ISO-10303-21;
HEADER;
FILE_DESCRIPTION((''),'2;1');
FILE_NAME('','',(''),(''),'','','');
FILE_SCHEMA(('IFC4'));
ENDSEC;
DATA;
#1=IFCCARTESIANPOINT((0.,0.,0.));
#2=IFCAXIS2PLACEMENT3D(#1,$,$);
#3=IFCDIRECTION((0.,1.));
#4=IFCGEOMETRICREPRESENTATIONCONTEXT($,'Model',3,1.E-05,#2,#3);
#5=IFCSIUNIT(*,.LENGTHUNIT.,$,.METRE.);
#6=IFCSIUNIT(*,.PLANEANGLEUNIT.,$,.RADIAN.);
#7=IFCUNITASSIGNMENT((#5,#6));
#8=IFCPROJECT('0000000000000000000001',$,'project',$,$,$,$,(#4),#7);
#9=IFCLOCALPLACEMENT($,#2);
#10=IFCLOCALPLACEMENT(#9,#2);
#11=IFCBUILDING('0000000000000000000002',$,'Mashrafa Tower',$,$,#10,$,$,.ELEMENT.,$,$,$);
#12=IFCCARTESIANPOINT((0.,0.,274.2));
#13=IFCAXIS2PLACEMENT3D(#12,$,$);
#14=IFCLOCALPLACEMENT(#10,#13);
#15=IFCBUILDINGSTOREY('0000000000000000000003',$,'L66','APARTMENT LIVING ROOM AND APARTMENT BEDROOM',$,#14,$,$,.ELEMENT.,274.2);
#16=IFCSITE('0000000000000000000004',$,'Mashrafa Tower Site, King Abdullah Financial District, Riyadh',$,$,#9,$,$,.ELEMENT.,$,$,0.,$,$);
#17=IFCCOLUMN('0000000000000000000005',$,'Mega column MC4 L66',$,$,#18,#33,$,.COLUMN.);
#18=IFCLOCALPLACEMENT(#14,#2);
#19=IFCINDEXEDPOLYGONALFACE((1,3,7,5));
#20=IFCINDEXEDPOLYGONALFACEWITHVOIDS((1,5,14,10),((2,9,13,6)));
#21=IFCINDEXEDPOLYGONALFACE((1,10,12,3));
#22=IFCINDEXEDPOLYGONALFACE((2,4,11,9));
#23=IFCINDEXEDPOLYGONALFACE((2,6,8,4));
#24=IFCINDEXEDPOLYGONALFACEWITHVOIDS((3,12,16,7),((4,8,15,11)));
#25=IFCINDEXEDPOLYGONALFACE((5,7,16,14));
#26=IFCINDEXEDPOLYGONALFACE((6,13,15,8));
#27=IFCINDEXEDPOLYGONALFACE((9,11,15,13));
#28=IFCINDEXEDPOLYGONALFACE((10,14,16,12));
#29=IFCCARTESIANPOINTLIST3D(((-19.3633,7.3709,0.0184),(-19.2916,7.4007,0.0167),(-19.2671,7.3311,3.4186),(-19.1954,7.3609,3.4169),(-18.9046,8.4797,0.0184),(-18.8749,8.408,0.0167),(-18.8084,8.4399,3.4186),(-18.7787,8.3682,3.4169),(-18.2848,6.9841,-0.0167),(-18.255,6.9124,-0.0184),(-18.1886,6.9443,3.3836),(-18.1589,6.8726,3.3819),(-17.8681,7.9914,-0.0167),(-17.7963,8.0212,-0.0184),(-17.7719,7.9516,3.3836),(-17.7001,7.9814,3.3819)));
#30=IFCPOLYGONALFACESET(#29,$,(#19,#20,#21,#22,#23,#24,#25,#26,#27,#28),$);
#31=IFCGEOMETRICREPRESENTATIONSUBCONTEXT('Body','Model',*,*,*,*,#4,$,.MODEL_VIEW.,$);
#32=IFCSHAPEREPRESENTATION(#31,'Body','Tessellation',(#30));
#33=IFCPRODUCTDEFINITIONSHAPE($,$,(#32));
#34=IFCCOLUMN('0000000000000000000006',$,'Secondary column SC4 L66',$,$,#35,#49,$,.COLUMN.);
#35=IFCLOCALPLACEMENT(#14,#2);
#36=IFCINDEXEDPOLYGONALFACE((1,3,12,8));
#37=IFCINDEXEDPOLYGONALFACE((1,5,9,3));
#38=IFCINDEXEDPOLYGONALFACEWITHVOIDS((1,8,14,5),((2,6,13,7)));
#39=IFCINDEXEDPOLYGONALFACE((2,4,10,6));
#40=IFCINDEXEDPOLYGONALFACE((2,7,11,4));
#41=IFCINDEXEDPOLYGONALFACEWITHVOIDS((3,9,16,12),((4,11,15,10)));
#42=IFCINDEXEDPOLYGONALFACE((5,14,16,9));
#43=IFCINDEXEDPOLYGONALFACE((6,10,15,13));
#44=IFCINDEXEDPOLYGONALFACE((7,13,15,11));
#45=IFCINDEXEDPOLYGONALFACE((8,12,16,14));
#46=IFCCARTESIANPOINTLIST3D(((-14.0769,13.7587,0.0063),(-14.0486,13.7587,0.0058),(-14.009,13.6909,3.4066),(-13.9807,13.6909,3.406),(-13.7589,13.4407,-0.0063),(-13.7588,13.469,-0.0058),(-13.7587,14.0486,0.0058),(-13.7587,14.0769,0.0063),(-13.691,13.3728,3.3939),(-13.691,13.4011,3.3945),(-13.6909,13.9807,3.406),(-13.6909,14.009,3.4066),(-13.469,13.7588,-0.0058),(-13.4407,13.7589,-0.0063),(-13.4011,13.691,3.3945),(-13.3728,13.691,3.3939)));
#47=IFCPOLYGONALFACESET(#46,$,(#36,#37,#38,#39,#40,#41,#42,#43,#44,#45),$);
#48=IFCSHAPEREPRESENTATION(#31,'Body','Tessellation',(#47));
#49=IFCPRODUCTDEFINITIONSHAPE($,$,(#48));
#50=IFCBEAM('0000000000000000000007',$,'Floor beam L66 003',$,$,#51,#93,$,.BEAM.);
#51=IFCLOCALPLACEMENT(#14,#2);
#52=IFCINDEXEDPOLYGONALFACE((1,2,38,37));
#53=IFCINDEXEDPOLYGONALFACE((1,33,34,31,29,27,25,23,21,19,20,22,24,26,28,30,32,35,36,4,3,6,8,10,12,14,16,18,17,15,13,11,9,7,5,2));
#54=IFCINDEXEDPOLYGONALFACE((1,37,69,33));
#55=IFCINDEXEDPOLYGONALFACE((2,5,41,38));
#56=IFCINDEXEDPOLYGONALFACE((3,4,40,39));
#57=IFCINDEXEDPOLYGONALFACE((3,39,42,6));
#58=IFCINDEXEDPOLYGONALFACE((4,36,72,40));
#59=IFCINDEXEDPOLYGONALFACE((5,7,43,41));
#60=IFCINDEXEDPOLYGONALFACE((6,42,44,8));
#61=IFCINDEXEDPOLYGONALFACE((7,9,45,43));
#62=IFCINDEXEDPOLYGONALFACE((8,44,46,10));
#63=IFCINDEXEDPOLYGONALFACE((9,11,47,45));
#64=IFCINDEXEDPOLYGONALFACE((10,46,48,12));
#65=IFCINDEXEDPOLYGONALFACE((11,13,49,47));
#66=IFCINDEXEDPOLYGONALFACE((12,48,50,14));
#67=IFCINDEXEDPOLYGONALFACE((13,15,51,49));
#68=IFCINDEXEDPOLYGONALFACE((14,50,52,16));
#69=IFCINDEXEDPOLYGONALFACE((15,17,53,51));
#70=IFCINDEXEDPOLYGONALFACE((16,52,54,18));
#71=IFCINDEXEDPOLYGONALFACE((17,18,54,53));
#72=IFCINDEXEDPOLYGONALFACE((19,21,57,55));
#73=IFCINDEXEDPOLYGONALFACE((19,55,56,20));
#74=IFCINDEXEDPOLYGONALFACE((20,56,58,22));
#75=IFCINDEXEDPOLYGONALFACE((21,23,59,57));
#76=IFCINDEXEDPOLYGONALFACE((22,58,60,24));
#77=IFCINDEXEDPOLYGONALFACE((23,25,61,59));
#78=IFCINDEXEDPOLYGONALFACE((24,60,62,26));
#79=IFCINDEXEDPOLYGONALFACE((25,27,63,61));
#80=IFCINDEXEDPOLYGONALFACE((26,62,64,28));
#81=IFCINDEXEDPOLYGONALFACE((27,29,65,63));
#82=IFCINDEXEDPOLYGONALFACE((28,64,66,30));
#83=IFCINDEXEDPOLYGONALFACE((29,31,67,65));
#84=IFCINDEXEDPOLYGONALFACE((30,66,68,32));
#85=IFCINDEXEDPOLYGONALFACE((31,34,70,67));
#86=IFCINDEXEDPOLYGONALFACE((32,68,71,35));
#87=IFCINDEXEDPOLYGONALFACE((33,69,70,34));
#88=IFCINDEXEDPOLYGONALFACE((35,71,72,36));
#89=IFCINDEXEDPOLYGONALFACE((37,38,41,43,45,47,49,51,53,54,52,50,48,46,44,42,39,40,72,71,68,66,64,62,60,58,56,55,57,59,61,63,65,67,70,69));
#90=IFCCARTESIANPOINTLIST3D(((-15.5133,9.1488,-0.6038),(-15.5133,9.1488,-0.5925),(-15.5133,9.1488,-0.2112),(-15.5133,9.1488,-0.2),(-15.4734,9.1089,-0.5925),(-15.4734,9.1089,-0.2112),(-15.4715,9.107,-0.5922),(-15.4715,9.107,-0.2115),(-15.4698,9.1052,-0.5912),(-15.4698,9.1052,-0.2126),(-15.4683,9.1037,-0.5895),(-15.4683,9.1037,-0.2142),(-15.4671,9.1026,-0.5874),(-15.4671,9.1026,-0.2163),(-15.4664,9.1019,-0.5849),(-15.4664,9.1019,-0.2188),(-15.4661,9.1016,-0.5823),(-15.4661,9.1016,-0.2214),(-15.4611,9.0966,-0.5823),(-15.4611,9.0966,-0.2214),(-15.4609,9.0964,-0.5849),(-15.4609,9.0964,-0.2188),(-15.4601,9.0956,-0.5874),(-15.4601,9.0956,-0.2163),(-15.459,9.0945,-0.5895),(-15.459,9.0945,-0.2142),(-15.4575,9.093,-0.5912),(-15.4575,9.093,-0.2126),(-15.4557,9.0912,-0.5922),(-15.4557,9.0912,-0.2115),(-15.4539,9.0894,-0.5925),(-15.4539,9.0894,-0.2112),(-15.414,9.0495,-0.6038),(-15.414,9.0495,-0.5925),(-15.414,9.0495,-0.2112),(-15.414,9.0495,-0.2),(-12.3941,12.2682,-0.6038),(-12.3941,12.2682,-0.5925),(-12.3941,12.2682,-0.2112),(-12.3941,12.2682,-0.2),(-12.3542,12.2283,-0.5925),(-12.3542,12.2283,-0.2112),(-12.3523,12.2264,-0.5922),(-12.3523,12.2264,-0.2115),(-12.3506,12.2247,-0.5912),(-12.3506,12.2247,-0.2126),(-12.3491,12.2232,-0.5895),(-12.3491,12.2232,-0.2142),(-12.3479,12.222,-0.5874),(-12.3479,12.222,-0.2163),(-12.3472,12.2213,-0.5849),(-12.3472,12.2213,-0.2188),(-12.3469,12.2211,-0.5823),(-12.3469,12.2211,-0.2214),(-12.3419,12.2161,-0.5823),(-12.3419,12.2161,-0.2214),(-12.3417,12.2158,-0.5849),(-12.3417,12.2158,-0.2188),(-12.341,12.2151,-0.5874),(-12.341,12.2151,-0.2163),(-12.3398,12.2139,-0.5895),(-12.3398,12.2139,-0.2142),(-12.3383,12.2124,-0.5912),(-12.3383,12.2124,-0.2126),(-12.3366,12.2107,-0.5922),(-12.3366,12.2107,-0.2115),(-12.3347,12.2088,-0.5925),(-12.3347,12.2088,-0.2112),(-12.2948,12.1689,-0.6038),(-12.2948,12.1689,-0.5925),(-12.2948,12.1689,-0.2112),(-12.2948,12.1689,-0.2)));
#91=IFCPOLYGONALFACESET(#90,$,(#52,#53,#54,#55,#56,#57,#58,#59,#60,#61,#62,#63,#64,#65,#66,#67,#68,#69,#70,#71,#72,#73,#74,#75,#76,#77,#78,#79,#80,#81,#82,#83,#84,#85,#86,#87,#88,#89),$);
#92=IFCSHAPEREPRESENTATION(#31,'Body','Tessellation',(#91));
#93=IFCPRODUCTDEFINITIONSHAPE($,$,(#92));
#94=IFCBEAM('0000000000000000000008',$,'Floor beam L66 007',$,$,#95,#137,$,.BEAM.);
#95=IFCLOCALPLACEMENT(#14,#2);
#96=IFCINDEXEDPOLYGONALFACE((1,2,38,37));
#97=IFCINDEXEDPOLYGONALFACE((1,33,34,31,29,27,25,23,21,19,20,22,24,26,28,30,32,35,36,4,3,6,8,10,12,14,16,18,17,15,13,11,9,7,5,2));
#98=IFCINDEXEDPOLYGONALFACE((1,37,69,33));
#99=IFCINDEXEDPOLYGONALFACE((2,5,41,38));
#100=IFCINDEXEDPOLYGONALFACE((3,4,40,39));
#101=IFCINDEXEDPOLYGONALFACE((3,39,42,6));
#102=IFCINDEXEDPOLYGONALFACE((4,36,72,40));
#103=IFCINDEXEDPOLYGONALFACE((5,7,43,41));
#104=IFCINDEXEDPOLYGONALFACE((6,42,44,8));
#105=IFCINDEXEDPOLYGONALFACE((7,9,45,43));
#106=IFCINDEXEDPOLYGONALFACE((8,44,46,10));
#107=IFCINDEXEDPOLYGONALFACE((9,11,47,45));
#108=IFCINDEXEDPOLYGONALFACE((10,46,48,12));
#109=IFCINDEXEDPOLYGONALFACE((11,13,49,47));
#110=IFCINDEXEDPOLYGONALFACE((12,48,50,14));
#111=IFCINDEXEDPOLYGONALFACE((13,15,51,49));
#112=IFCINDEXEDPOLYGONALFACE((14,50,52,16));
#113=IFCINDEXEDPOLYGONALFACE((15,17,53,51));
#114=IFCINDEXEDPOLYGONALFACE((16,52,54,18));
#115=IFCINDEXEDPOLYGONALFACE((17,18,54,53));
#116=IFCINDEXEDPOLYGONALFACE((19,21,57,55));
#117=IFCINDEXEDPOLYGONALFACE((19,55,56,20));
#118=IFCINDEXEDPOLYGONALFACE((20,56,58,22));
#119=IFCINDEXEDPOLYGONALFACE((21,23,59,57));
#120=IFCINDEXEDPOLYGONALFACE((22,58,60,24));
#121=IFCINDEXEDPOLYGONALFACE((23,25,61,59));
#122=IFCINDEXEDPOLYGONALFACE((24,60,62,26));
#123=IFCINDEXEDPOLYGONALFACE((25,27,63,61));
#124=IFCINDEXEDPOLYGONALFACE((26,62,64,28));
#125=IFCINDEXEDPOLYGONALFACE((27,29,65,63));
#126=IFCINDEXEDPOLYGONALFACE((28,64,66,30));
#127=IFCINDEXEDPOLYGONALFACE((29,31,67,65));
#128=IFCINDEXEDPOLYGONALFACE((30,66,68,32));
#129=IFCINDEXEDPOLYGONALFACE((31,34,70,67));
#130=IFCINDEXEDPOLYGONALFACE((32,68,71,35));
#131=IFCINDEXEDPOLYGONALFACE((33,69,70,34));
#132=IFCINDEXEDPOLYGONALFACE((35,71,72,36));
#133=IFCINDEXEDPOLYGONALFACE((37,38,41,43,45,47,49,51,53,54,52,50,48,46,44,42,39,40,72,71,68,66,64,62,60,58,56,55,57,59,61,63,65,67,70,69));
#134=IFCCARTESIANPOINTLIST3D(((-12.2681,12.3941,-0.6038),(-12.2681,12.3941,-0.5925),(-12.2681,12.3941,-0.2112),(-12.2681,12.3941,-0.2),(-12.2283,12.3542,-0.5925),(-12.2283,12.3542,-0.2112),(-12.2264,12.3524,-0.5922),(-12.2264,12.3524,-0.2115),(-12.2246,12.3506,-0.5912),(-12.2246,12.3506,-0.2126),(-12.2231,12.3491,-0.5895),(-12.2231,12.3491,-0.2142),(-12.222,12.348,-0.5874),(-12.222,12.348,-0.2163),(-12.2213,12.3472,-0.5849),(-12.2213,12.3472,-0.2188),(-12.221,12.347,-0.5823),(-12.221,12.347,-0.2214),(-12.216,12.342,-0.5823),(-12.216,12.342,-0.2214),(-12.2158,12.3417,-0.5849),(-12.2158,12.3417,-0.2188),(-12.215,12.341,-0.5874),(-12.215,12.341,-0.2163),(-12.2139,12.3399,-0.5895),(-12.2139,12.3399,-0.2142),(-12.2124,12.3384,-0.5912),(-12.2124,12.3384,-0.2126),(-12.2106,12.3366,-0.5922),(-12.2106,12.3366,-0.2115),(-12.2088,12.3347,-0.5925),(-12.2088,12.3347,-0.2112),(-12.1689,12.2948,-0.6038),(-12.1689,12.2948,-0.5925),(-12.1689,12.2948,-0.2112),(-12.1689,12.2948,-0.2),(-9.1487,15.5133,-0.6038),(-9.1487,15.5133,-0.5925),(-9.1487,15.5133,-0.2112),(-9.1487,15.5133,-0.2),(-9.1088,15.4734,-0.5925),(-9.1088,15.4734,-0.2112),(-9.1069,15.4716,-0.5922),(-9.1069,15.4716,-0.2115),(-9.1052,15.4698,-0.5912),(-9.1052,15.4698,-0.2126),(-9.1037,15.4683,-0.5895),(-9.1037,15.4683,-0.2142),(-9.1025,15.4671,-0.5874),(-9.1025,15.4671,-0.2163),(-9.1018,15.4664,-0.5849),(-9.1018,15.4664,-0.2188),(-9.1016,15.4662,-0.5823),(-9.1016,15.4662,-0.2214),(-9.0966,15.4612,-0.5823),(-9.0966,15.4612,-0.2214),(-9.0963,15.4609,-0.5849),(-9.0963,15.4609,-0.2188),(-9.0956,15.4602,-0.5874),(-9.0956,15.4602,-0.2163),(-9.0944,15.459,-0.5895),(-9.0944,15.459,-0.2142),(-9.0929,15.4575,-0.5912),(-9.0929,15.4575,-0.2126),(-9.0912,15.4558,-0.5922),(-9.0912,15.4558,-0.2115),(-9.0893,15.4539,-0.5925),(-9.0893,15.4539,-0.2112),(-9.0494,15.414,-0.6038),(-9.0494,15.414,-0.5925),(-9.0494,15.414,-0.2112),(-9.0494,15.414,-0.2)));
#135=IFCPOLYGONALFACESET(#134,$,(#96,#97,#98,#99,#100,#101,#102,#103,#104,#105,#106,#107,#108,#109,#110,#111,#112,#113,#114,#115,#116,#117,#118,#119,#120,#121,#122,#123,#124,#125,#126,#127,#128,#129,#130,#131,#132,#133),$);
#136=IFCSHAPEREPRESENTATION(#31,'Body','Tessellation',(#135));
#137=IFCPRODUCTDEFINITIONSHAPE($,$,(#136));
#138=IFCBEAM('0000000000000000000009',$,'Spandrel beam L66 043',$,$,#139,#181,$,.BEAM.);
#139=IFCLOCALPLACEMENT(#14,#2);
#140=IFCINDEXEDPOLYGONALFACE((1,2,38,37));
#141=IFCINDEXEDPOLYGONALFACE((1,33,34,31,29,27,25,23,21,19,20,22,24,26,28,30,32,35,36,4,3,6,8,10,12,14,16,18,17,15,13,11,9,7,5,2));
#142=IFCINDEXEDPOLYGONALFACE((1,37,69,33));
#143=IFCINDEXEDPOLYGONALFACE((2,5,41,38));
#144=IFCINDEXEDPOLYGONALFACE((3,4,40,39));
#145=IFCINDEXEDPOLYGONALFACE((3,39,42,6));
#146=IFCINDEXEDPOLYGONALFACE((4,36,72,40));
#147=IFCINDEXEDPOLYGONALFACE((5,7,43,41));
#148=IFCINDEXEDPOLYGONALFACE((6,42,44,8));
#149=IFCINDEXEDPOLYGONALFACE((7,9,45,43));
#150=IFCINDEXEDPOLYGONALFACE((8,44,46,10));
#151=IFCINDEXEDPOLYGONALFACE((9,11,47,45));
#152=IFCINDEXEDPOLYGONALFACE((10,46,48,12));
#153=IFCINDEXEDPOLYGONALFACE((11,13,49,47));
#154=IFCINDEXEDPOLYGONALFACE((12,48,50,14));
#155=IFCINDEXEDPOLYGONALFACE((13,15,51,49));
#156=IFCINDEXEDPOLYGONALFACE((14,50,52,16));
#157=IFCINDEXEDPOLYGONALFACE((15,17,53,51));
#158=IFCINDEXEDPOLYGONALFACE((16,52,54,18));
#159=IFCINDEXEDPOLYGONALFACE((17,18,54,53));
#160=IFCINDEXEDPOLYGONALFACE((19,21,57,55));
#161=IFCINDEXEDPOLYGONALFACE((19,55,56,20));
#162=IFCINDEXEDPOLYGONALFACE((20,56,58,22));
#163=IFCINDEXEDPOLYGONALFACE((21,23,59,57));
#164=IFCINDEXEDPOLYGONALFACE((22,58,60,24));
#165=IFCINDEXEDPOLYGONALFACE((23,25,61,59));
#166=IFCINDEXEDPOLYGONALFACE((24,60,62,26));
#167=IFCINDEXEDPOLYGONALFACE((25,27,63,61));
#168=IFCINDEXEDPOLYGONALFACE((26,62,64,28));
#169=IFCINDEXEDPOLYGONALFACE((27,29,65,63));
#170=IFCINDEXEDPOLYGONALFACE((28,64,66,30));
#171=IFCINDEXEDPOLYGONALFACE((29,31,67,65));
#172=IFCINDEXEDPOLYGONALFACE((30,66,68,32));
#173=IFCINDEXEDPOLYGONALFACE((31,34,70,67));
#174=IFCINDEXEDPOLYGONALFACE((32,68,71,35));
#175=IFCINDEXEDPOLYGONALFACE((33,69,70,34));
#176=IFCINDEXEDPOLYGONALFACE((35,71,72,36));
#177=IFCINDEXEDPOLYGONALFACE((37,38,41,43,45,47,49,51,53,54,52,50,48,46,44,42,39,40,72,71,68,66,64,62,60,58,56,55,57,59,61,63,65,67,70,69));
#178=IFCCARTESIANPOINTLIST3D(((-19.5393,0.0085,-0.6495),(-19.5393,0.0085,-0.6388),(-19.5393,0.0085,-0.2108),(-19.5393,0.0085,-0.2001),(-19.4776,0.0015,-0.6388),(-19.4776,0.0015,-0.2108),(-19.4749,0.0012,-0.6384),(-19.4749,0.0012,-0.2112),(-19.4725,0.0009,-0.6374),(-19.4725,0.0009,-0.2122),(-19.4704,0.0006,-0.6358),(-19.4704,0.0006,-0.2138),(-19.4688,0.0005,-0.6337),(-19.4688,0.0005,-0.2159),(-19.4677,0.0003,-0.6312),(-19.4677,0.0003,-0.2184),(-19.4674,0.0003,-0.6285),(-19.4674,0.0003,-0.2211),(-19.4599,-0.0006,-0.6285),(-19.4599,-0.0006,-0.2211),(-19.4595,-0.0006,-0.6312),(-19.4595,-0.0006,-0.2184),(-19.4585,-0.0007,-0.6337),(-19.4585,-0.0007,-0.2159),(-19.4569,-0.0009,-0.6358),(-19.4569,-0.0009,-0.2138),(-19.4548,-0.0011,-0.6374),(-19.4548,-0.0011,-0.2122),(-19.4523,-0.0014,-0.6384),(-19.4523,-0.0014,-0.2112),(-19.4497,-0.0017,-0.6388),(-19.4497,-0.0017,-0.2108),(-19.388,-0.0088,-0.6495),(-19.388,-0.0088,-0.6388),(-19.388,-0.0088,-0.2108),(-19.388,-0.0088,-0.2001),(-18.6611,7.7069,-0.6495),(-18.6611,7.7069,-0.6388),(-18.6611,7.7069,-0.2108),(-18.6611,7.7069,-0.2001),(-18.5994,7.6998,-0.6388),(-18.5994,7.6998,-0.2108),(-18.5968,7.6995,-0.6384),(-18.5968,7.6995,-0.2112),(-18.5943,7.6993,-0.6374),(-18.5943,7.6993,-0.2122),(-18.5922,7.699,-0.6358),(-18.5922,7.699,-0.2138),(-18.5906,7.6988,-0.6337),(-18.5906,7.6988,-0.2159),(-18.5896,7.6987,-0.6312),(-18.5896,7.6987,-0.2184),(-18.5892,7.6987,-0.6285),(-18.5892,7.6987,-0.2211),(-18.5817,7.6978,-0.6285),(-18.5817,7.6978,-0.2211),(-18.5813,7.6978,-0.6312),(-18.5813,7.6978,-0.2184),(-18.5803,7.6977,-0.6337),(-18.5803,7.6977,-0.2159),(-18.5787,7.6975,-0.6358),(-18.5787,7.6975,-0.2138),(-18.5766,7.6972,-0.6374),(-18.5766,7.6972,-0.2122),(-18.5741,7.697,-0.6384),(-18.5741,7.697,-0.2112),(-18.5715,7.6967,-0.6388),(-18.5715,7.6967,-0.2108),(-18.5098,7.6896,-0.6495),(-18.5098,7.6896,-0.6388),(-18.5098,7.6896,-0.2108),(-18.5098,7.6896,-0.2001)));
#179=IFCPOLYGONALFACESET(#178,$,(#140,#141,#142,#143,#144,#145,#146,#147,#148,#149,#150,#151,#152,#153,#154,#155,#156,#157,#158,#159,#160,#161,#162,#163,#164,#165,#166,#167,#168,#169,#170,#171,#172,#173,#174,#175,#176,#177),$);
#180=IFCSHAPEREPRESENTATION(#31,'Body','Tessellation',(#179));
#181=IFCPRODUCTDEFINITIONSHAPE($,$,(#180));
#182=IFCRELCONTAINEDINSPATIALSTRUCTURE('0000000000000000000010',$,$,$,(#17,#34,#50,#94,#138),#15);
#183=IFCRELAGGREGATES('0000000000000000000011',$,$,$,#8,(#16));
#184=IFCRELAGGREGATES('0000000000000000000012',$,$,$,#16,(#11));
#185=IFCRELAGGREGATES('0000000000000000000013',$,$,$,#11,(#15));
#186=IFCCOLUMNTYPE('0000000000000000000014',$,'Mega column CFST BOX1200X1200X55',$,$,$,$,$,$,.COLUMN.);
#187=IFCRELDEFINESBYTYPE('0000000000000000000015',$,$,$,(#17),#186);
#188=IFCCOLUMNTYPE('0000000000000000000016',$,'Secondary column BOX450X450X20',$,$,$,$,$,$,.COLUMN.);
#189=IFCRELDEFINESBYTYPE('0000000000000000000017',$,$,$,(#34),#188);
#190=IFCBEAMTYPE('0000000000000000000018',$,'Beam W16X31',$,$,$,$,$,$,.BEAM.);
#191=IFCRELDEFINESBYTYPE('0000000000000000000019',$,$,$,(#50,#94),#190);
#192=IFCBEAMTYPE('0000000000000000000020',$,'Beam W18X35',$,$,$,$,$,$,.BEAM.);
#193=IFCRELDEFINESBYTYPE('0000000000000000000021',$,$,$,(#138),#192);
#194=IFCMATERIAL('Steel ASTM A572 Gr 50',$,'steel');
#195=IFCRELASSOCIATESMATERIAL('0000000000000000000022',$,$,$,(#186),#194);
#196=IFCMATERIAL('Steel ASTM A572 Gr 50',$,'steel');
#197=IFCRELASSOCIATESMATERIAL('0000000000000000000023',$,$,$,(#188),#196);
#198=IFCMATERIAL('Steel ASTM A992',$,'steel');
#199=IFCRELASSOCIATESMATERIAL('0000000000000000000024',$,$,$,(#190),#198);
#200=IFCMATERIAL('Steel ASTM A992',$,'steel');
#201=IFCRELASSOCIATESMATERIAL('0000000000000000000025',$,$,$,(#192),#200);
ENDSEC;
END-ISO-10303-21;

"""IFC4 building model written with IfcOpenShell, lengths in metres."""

from ifc_helpers import new_model, si_unit, direction, frame, origin, origin_2d, place, context, subcontext, project, spatial, hollow_rectangle, i_section, extrude, material, material_profile, profile_set, type_object, element, save


model = new_model("IFC4")

# Units and contexts
model_context = context("Model", 3, precision=1e-05, world=origin(), true_north=direction((0.0, 1.0)))
body_context = subcontext(model_context, "Body", "Model", "MODEL_VIEW")
ifc_project = project(units=[si_unit("LENGTHUNIT", "METRE"), si_unit("PLANEANGLEUNIT", "RADIAN")], contexts=[model_context])

# Site, building, storey
site_placement = place(None, origin())
site = spatial("IfcSite", under=ifc_project, at=site_placement, Name="Mashrafa Tower Site, King Abdullah Financial District, Riyadh", CompositionType="ELEMENT", RefElevation=0.0)
building_placement = place(site_placement, origin())
building = spatial("IfcBuilding", under=site, at=building_placement, Name="Mashrafa Tower", CompositionType="ELEMENT")
storey_placement = place(building_placement, frame((0.0, 0.0, 274.2)))
storey = spatial("IfcBuildingStorey", under=building, at=storey_placement, Name="L66", Description="APARTMENT LIVING ROOM AND APARTMENT BEDROOM", CompositionType="ELEMENT", Elevation=274.2)

# Columns
ifc_material_1 = material(Name="Steel ASTM A572 Gr 50", Category="steel")
ifc_material_profile_1 = material_profile(ifc_material_1, hollow_rectangle(XDim=1.2, YDim=1.2, WallThickness=0.0549, at=origin_2d()), Name="BOX1200X1200X55")
ifc_profile_set_1 = profile_set([ifc_material_profile_1], Name="Steel ASTM A572 Gr 50")
column_type_1 = type_object("IfcColumnType", Name="Mega column CFST BOX1200X1200X55", PredefinedType="COLUMN", material=ifc_profile_set_1)
column_1_placement = place(storey_placement, frame((-18.5798, 7.696, 0.0), z_axis=(0.028277, -0.011698, 0.999532), x_axis=(0.382283, 0.924045, 0.0)))
element("IfcColumn", 1, at=column_1_placement, inside=storey, type_object=column_type_1, Name="Mega column MC4 L66", PredefinedType="COLUMN", context=body_context, shape_type="SweptSolid", body=[
    extrude(hollow_rectangle(XDim=1.2, YDim=1.2, WallThickness=0.0549, at=origin_2d()), origin(), (0.0, 0.0, 1.0), 3.4019),
])
ifc_material_2 = material(Name="Steel ASTM A572 Gr 50", Category="steel")
ifc_material_profile_2 = material_profile(ifc_material_2, hollow_rectangle(XDim=0.45, YDim=0.45, WallThickness=0.02, at=origin_2d()), Name="BOX450X450X20")
ifc_profile_set_2 = profile_set([ifc_material_profile_2], Name="Steel ASTM A572 Gr 50")
column_type_2 = type_object("IfcColumnType", Name="Secondary column BOX450X450X20", PredefinedType="COLUMN", material=ifc_profile_set_2)
column_2_placement = place(storey_placement, frame((-13.7588, 13.7588, 0.0), z_axis=(0.019953, -0.019953, 0.999602), x_axis=(0.707107, 0.707107, 0.0)))
element("IfcColumn", 2, at=column_2_placement, inside=storey, type_object=column_type_2, Name="Secondary column SC4 L66", PredefinedType="COLUMN", context=body_context, shape_type="SweptSolid", body=[
    extrude(hollow_rectangle(XDim=0.45, YDim=0.45, WallThickness=0.02, at=origin_2d()), origin(), (0.0, 0.0, 1.0), 3.4016),
])

# Beams
ifc_material_3 = material(Name="Steel ASTM A992", Category="steel")
ifc_material_profile_3 = material_profile(ifc_material_3, i_section(OverallWidth=0.1404, OverallDepth=0.4038, WebThickness=0.0071, FlangeThickness=0.0112, FilletRadius=0.0103, at=origin_2d()), Name="W16X31")
ifc_profile_set_3 = profile_set([ifc_material_profile_3], Name="Steel ASTM A992")
beam_type_1 = type_object("IfcBeamType", Name="Beam W16X31", PredefinedType="BEAM", material=ifc_profile_set_3)
for number, where, z_axis, x_axis, name in (
    (3, (-15.4636, 9.0991, -0.4019), (0.707079, 0.707134, 0.0), (-0.707134, 0.707079, 0.0), "Floor beam L66 003"),
    (4, (-12.2185, 12.3445, -0.4019), (0.707134, 0.707079, 0.0), (-0.707079, 0.707134, 0.0), "Floor beam L66 007"),
):
    element("IfcBeam", number, at=place(storey_placement, frame(where, z_axis=z_axis, x_axis=x_axis)), inside=storey, type_object=beam_type_1, Name=name, PredefinedType="BEAM", context=body_context, shape_type="SweptSolid", body=[
        extrude(i_section(OverallWidth=0.1404, OverallDepth=0.4038, WebThickness=0.0071, FlangeThickness=0.0112, FilletRadius=0.0103, at=origin_2d()), origin(), (0.0, 0.0, 1.0), 4.4114),
    ])
ifc_material_4 = material(Name="Steel ASTM A992", Category="steel")
ifc_material_profile_4 = material_profile(ifc_material_4, i_section(OverallWidth=0.1523, OverallDepth=0.4495, WebThickness=0.0076, FlangeThickness=0.0107, FilletRadius=0.0103, at=origin_2d()), Name="W18X35")
ifc_profile_set_4 = profile_set([ifc_material_profile_4], Name="Steel ASTM A992")
beam_type_2 = type_object("IfcBeamType", Name="Beam W18X35", PredefinedType="BEAM", material=ifc_profile_set_4)
for number, where, z_axis, x_axis, name in (
    (5, (-18.5854, 7.6982, -0.4248), (-0.11334, -0.993556, 0.0), (0.993556, -0.11334, 0.0), "Spandrel beam L66 043"),
):
    element("IfcBeam", number, at=place(storey_placement, frame(where, z_axis=z_axis, x_axis=x_axis)), inside=storey, type_object=beam_type_2, Name=name, PredefinedType="BEAM", context=body_context, shape_type="SweptSolid", body=[
        extrude(i_section(OverallWidth=0.1523, OverallDepth=0.4495, WebThickness=0.0076, FlangeThickness=0.0107, FilletRadius=0.0103, at=origin_2d()), origin(), (0.0, 0.0, 1.0), 7.7483),
    ])

save(model, "model.ifc")
